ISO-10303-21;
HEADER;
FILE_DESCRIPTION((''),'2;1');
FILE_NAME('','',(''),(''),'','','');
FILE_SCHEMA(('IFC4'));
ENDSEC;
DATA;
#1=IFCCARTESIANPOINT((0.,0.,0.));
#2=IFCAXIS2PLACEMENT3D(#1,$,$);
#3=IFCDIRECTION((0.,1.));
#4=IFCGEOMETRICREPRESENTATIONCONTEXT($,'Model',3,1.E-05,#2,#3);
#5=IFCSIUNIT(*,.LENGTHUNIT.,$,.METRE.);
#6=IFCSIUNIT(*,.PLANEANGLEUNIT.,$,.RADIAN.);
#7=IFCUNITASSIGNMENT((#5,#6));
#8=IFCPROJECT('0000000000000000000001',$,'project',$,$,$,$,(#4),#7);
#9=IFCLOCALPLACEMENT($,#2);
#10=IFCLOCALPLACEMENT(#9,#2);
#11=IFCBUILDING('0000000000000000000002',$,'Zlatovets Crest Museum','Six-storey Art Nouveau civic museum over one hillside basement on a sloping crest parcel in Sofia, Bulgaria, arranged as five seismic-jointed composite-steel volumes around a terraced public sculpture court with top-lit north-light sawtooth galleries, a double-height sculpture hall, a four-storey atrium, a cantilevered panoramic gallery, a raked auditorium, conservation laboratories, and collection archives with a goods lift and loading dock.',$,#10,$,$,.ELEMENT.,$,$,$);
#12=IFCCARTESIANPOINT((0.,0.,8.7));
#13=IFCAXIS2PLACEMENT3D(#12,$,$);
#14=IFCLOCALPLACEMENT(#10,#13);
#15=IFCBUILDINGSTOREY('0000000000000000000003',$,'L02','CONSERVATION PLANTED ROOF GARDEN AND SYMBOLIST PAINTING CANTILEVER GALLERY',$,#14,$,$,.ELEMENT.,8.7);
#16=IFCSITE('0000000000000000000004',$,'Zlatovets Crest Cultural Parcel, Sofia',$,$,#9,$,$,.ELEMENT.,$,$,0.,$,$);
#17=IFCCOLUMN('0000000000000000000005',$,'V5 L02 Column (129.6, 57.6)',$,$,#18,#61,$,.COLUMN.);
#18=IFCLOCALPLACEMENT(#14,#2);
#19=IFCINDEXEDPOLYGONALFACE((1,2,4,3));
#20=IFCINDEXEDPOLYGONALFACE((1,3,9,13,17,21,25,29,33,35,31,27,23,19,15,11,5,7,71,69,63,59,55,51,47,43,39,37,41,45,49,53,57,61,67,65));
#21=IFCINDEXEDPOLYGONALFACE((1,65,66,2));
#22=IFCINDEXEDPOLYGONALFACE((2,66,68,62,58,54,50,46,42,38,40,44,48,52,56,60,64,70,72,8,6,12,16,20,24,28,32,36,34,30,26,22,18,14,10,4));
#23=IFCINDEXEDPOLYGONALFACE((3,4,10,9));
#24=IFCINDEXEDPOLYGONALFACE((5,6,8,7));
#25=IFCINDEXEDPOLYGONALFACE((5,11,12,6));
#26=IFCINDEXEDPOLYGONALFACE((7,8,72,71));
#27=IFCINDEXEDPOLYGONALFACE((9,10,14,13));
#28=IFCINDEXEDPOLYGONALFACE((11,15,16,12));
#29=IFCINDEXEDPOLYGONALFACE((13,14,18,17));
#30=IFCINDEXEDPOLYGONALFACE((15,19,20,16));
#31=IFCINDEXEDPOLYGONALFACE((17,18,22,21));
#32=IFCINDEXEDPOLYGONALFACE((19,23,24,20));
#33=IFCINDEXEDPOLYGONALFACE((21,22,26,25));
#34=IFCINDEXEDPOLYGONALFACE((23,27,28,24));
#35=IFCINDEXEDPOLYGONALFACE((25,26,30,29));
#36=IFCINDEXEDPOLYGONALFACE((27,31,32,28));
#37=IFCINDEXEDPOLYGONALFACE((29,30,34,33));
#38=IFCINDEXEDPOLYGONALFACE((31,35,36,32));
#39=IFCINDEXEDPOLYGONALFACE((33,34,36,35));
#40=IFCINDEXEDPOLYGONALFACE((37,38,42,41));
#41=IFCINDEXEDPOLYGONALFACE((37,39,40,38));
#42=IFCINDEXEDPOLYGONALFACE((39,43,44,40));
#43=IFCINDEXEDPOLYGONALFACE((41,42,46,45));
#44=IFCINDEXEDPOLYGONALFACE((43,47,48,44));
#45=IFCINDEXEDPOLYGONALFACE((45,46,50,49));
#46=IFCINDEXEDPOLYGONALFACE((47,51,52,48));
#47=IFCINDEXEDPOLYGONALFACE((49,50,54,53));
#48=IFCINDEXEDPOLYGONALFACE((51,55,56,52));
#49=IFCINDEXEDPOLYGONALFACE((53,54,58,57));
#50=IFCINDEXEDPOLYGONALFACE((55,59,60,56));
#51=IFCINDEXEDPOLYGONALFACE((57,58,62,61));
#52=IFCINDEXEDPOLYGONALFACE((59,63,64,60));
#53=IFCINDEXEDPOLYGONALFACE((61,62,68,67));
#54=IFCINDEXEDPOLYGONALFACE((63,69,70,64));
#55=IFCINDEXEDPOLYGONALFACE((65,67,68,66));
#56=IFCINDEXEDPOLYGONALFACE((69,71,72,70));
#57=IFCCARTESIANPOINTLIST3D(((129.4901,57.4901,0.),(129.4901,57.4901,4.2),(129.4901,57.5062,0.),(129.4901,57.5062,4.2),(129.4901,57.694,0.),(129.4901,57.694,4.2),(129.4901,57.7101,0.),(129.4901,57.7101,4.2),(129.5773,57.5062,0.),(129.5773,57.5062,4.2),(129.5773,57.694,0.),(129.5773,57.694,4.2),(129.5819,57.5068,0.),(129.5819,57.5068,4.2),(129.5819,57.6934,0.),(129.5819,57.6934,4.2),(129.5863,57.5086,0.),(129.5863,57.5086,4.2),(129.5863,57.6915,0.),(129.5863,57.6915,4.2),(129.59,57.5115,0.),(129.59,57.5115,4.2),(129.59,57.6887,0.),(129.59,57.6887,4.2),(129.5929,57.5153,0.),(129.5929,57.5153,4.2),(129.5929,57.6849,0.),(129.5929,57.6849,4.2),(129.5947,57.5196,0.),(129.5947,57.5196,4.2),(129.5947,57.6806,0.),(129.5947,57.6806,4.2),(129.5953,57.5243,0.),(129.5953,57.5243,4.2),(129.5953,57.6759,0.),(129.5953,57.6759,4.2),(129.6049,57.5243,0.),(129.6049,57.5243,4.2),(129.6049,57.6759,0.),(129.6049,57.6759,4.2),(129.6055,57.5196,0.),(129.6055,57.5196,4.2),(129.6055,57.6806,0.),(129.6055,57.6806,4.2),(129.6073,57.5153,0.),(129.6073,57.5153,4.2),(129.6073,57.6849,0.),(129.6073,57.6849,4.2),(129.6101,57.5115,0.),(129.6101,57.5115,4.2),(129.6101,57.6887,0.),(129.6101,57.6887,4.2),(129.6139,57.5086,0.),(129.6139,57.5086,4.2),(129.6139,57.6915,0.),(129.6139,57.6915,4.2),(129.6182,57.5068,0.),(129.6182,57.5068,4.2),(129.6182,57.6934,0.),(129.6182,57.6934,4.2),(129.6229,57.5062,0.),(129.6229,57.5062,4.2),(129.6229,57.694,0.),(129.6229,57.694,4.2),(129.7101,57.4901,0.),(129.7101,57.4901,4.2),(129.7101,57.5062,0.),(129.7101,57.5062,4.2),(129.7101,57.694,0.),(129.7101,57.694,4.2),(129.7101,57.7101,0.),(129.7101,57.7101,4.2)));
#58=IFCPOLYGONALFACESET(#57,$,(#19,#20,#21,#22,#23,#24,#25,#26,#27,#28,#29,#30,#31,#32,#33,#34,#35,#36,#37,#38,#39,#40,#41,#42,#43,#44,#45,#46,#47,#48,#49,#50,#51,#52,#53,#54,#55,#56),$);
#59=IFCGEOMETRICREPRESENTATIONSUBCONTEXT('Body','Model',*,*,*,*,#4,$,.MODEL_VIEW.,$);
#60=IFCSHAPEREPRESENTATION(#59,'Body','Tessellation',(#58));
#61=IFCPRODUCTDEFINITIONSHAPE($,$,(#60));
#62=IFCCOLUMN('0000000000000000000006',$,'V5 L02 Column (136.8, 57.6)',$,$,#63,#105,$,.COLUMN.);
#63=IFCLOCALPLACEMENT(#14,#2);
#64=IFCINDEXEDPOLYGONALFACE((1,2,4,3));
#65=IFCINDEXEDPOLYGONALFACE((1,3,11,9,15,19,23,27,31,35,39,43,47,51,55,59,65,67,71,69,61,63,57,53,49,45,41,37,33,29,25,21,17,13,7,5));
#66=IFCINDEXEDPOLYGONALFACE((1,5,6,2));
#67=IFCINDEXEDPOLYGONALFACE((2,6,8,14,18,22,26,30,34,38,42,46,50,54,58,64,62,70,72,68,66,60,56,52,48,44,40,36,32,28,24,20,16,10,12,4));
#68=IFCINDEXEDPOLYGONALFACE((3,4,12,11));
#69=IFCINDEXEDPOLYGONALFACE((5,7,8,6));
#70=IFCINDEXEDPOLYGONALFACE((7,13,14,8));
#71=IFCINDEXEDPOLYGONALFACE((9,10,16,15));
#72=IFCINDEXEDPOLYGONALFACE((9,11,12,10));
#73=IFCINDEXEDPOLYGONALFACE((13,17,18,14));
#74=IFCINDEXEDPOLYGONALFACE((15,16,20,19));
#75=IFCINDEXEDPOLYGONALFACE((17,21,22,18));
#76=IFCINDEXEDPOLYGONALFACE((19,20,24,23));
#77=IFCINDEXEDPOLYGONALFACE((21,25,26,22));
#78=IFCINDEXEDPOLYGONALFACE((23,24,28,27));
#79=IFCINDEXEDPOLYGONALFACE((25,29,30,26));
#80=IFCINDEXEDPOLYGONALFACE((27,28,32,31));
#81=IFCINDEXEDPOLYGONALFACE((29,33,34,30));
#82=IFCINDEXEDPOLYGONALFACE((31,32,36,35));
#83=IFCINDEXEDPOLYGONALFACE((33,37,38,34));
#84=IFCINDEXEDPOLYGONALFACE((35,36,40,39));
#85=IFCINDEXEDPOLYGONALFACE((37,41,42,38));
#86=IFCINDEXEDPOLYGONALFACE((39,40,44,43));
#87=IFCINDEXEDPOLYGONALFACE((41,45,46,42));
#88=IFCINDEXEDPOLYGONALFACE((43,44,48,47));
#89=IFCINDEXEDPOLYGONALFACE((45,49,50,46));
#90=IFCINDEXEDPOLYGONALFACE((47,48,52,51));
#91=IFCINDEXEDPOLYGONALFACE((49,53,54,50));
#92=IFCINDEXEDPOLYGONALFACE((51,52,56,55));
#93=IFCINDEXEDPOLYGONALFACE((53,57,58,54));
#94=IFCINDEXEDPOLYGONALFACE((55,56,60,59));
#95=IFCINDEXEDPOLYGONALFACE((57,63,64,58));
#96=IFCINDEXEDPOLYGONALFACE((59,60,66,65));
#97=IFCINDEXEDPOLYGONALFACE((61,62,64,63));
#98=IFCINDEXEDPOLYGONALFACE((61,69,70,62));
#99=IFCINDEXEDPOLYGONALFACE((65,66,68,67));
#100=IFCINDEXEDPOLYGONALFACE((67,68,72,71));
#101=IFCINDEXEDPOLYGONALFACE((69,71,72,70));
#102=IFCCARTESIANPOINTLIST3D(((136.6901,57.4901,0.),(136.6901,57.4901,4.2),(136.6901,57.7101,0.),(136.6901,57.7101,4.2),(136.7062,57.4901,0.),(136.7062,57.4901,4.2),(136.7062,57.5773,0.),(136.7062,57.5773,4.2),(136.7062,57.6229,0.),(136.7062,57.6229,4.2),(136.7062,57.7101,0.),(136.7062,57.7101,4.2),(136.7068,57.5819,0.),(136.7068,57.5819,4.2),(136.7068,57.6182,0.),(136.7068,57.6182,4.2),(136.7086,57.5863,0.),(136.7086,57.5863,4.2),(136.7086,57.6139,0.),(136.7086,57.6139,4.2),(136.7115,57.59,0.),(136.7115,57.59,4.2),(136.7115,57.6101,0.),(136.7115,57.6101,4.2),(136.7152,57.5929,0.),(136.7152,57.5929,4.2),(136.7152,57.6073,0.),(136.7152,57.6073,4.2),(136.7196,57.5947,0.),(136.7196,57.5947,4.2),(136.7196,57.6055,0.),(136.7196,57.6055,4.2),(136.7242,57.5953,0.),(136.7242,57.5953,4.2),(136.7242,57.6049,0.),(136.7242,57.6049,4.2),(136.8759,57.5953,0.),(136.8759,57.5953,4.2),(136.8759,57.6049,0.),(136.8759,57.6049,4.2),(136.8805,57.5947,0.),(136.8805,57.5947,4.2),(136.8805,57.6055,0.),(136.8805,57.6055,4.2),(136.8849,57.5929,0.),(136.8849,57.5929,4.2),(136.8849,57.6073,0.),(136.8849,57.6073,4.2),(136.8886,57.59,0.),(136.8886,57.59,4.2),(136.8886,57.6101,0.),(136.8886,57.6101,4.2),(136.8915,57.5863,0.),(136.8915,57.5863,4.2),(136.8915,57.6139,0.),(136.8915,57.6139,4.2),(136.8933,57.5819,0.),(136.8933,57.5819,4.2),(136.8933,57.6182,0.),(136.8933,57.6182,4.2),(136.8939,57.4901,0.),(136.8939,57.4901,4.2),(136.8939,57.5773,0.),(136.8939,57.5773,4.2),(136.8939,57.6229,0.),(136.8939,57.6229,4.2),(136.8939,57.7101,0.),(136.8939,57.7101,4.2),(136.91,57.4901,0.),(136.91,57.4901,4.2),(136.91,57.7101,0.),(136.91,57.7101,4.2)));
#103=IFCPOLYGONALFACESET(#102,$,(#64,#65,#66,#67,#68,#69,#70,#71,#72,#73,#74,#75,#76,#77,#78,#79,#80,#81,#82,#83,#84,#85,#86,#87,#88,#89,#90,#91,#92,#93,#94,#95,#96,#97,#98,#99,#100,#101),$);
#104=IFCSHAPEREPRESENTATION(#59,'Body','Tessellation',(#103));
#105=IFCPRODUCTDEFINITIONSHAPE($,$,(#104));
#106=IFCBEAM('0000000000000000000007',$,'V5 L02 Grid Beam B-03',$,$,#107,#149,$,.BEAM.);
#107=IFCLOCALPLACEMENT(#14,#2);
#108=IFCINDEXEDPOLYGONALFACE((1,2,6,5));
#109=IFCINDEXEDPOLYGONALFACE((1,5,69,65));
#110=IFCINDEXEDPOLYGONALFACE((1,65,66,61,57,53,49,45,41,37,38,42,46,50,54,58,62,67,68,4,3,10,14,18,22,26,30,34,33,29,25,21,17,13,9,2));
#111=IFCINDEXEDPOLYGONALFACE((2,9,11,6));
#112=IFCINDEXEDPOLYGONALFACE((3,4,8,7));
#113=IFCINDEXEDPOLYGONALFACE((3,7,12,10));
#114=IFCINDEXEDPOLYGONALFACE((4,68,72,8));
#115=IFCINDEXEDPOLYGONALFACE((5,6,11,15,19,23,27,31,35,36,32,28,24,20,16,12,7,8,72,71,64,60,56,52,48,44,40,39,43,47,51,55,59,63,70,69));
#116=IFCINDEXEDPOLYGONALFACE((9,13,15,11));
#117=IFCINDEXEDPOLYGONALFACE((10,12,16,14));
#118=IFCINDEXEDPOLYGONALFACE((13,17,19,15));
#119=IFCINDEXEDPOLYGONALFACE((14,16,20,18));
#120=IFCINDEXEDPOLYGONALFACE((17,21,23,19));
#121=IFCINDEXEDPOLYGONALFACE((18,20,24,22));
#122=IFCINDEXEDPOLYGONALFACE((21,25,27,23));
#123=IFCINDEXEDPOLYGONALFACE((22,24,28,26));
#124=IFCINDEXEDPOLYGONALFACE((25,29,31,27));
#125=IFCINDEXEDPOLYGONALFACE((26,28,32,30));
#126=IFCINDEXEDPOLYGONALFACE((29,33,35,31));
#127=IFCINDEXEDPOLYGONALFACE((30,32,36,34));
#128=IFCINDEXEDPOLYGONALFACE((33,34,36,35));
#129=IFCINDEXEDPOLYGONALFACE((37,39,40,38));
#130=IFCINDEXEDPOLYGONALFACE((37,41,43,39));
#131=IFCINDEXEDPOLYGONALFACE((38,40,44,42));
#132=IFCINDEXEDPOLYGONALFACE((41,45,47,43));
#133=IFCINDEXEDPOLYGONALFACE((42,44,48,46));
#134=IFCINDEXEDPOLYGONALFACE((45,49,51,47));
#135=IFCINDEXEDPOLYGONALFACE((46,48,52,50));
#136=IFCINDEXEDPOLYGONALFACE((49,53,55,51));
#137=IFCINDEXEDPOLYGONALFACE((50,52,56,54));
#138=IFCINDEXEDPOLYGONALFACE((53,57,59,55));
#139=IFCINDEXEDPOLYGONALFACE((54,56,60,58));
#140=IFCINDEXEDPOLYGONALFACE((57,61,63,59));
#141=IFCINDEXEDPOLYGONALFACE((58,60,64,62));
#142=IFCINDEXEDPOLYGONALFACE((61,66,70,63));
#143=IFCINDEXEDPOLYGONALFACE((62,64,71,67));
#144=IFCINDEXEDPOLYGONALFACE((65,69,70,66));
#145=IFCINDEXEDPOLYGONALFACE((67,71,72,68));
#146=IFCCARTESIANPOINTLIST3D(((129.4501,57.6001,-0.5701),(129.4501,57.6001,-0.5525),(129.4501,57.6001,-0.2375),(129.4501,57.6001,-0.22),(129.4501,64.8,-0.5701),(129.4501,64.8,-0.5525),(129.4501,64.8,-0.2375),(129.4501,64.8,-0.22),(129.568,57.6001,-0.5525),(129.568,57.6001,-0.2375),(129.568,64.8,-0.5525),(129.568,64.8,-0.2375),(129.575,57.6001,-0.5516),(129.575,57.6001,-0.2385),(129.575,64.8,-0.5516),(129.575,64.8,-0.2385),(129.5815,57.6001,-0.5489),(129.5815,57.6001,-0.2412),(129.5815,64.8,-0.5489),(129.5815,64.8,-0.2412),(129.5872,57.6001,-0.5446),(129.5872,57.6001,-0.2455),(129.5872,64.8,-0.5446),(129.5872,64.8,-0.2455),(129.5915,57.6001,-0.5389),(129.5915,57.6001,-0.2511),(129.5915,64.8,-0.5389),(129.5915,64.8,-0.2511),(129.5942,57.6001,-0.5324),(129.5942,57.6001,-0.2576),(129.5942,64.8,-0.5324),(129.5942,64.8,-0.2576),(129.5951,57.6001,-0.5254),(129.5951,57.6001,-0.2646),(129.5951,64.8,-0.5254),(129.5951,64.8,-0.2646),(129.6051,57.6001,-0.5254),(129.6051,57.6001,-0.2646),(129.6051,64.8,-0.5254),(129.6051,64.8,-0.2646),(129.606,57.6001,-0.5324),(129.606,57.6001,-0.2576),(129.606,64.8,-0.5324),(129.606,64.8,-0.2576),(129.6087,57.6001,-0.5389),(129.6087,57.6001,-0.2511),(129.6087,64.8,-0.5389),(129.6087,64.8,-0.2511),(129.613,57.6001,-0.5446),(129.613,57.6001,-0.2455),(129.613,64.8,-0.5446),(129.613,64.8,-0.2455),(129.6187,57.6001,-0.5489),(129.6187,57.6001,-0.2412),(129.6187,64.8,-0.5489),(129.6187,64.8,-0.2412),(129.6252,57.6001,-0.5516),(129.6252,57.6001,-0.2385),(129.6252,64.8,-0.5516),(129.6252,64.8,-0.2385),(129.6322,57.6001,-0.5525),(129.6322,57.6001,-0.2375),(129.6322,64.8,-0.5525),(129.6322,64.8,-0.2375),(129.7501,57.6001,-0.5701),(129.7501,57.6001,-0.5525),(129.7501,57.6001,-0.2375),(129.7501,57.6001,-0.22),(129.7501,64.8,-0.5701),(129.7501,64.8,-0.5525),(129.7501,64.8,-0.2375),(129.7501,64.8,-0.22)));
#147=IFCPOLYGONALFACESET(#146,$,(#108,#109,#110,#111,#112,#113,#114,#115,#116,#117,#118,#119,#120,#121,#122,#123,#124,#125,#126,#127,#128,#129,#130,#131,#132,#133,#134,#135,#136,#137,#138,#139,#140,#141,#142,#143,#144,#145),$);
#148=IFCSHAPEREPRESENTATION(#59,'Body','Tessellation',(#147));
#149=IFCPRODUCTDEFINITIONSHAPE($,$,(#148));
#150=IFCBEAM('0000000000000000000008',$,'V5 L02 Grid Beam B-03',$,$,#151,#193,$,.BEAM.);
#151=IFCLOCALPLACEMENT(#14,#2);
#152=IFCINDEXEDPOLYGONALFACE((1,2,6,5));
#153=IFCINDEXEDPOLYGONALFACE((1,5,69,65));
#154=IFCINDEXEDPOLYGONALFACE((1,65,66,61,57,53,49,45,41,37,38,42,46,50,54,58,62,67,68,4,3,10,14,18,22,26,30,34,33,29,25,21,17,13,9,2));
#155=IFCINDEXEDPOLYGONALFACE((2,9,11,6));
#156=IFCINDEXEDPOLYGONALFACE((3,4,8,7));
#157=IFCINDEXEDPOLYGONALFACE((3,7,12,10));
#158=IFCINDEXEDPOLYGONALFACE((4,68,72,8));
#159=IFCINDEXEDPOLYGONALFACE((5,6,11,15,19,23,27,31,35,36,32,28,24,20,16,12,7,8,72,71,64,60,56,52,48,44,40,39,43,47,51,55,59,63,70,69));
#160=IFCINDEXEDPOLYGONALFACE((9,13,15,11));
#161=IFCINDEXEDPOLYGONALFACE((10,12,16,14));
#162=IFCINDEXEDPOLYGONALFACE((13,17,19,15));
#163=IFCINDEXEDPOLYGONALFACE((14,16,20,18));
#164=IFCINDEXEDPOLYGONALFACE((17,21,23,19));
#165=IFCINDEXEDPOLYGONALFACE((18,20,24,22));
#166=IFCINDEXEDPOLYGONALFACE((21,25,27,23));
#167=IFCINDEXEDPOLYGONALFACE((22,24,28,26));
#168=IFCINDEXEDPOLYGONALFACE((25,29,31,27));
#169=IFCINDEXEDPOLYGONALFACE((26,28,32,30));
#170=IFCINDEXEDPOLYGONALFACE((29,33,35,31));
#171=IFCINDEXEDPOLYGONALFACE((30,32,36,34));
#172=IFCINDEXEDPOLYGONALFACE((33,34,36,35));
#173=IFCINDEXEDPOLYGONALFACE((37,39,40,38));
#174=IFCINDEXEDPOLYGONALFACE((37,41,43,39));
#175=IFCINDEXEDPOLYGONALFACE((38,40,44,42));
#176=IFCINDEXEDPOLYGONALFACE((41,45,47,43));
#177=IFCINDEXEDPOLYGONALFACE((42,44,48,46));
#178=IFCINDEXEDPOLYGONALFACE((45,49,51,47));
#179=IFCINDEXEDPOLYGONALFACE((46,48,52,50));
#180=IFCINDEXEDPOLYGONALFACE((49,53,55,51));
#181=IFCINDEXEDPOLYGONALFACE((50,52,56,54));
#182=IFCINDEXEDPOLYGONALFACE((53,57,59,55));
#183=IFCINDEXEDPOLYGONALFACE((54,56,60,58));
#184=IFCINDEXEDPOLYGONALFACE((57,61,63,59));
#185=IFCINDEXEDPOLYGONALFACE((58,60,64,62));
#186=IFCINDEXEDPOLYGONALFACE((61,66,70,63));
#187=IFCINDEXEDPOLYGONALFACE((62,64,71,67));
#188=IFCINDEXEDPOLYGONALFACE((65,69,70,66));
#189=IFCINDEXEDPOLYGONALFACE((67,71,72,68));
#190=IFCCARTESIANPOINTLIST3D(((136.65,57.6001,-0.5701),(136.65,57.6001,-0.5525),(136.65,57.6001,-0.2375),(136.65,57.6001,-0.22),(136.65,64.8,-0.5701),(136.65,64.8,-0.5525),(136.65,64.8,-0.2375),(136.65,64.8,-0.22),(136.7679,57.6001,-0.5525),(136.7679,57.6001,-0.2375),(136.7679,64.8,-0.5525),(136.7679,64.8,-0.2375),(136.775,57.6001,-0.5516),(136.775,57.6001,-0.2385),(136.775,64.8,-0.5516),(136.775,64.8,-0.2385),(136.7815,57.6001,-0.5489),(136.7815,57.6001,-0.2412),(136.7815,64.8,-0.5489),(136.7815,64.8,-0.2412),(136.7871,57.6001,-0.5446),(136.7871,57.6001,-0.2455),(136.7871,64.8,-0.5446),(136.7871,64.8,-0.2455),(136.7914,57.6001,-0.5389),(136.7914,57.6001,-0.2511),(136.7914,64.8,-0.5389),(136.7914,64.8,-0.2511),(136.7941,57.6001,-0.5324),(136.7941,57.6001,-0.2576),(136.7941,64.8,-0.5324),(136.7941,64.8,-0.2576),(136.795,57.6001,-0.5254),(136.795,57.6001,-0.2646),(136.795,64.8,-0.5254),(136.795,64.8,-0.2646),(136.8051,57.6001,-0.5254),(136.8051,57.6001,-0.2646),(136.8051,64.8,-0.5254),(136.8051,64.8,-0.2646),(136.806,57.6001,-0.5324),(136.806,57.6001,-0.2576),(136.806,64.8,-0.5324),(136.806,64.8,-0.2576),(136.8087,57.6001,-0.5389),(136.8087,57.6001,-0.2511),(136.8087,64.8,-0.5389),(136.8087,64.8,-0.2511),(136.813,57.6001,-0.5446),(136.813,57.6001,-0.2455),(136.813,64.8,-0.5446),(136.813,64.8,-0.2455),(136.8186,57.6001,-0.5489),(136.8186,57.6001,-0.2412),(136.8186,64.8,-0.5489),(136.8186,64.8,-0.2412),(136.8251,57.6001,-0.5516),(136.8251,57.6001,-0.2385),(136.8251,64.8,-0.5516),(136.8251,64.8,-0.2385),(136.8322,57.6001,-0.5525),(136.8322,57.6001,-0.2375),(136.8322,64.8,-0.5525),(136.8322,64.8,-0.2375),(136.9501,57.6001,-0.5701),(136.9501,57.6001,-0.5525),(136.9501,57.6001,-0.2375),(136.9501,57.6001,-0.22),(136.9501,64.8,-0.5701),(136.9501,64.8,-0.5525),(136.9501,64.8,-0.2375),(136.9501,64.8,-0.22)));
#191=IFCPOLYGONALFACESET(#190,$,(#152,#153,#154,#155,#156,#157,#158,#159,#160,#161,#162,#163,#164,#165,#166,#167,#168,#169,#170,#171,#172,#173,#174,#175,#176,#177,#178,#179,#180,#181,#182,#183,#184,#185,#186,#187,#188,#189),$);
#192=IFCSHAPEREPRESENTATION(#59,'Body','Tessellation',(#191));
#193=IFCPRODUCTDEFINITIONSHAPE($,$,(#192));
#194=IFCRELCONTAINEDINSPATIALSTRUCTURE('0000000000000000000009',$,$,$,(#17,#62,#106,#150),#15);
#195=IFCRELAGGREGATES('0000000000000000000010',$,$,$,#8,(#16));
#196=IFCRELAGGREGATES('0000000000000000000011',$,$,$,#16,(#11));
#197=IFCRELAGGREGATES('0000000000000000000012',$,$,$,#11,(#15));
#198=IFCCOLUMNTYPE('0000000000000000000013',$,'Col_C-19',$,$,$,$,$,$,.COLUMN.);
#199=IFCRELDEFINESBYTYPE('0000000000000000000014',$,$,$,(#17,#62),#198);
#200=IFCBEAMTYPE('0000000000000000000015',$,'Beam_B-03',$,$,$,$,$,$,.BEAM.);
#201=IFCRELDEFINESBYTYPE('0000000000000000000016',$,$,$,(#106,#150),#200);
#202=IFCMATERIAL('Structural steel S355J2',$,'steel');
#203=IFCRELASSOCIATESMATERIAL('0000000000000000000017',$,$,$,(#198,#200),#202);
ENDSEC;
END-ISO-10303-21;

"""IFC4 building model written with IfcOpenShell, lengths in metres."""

from ifc_helpers import new_model, si_unit, direction, frame, origin, origin_2d, place, context, subcontext, project, spatial, i_section, extrude, material, material_profile, profile_set, type_object, element, save


model = new_model("IFC4")

# Units and contexts
model_context = context("Model", 3, precision=1e-05, world=origin(), true_north=direction((0.0, 1.0)))
body_context = subcontext(model_context, "Body", "Model", "MODEL_VIEW")
ifc_project = project(units=[si_unit("LENGTHUNIT", "METRE"), si_unit("PLANEANGLEUNIT", "RADIAN")], contexts=[model_context])

# Site, building, storey
site_placement = place(None, origin())
site = spatial("IfcSite", under=ifc_project, at=site_placement, Name="Zlatovets Crest Cultural Parcel, Sofia", CompositionType="ELEMENT", RefElevation=0.0)
building_placement = place(site_placement, origin())
building = spatial("IfcBuilding", under=site, at=building_placement, Name="Zlatovets Crest Museum", Description="Six-storey Art Nouveau civic museum over one hillside basement on a sloping crest parcel in Sofia, Bulgaria, arranged as five seismic-jointed composite-steel volumes around a terraced public sculpture court with top-lit north-light sawtooth galleries, a double-height sculpture hall, a four-storey atrium, a cantilevered panoramic gallery, a raked auditorium, conservation laboratories, and collection archives with a goods lift and loading dock.", CompositionType="ELEMENT")
storey_placement = place(building_placement, frame((0.0, 0.0, 8.7)))
storey = spatial("IfcBuildingStorey", under=building, at=storey_placement, Name="L02", Description="CONSERVATION PLANTED ROOF GARDEN AND SYMBOLIST PAINTING CANTILEVER GALLERY", CompositionType="ELEMENT", Elevation=8.7)

# Columns
ifc_material_1 = material(Name="Structural steel S355J2", Category="steel")
ifc_material_profile_1 = material_profile(ifc_material_1, i_section(OverallWidth=0.22, OverallDepth=0.22, WebThickness=0.0095, FlangeThickness=0.0161, FilletRadius=0.0181, at=origin_2d()), Name="HEB 220")
ifc_profile_set_1 = profile_set([ifc_material_profile_1], Name="Structural steel S355J2")
column_type = type_object("IfcColumnType", Name="Col_C-19", PredefinedType="COLUMN", material=ifc_profile_set_1)
for number, where, z_axis, x_axis, name in (
    (1, (129.6001, 57.6001, 0.0), (0.0, 0.0, 1.0), (1.0, 0.0, 0.0), "V5 L02 Column (129.6, 57.6)"),
    (2, (136.8, 57.6001, 0.0), (0.0, 0.0, 1.0), (0.0, 1.0, 0.0), "V5 L02 Column (136.8, 57.6)"),
):
    element("IfcColumn", number, at=place(storey_placement, frame(where, z_axis=z_axis, x_axis=x_axis)), inside=storey, type_object=column_type, Name=name, PredefinedType="COLUMN", context=body_context, shape_type="SweptSolid", body=[
        extrude(i_section(OverallWidth=0.22, OverallDepth=0.22, WebThickness=0.0095, FlangeThickness=0.0161, FilletRadius=0.0181, at=origin_2d()), origin(), (0.0, 0.0, 1.0), 4.2),
    ])

# Beams
ifc_material_profile_2 = material_profile(ifc_material_1, i_section(OverallWidth=0.3, OverallDepth=0.3501, WebThickness=0.01, FlangeThickness=0.0176, FilletRadius=0.0271, at=origin_2d()), Name="HEA 360")
ifc_profile_set_2 = profile_set([ifc_material_profile_2], Name="Structural steel S355J2")
beam_type_1 = type_object("IfcBeamType", Name="Beam_B-03", PredefinedType="BEAM", material=ifc_profile_set_2)
for number, where, z_axis, x_axis, name in (
    (3, (129.6001, 57.6001, -0.395), (0.0, 1.0, 0.0), (-1.0, 0.0, 0.0), "V5 L02 Grid Beam B-03"),
    (4, (136.8, 57.6001, -0.395), (0.0, 1.0, 0.0), (-1.0, 0.0, 0.0), "V5 L02 Grid Beam B-03"),
):
    element("IfcBeam", number, at=place(storey_placement, frame(where, z_axis=z_axis, x_axis=x_axis)), inside=storey, type_object=beam_type_1, Name=name, PredefinedType="BEAM", context=body_context, shape_type="SweptSolid", body=[
        extrude(i_section(OverallWidth=0.3, OverallDepth=0.3501, WebThickness=0.01, FlangeThickness=0.0176, FilletRadius=0.0271, at=origin_2d()), origin(), (0.0, 0.0, 1.0), 7.2),
    ])

save(model, "model.ifc")
